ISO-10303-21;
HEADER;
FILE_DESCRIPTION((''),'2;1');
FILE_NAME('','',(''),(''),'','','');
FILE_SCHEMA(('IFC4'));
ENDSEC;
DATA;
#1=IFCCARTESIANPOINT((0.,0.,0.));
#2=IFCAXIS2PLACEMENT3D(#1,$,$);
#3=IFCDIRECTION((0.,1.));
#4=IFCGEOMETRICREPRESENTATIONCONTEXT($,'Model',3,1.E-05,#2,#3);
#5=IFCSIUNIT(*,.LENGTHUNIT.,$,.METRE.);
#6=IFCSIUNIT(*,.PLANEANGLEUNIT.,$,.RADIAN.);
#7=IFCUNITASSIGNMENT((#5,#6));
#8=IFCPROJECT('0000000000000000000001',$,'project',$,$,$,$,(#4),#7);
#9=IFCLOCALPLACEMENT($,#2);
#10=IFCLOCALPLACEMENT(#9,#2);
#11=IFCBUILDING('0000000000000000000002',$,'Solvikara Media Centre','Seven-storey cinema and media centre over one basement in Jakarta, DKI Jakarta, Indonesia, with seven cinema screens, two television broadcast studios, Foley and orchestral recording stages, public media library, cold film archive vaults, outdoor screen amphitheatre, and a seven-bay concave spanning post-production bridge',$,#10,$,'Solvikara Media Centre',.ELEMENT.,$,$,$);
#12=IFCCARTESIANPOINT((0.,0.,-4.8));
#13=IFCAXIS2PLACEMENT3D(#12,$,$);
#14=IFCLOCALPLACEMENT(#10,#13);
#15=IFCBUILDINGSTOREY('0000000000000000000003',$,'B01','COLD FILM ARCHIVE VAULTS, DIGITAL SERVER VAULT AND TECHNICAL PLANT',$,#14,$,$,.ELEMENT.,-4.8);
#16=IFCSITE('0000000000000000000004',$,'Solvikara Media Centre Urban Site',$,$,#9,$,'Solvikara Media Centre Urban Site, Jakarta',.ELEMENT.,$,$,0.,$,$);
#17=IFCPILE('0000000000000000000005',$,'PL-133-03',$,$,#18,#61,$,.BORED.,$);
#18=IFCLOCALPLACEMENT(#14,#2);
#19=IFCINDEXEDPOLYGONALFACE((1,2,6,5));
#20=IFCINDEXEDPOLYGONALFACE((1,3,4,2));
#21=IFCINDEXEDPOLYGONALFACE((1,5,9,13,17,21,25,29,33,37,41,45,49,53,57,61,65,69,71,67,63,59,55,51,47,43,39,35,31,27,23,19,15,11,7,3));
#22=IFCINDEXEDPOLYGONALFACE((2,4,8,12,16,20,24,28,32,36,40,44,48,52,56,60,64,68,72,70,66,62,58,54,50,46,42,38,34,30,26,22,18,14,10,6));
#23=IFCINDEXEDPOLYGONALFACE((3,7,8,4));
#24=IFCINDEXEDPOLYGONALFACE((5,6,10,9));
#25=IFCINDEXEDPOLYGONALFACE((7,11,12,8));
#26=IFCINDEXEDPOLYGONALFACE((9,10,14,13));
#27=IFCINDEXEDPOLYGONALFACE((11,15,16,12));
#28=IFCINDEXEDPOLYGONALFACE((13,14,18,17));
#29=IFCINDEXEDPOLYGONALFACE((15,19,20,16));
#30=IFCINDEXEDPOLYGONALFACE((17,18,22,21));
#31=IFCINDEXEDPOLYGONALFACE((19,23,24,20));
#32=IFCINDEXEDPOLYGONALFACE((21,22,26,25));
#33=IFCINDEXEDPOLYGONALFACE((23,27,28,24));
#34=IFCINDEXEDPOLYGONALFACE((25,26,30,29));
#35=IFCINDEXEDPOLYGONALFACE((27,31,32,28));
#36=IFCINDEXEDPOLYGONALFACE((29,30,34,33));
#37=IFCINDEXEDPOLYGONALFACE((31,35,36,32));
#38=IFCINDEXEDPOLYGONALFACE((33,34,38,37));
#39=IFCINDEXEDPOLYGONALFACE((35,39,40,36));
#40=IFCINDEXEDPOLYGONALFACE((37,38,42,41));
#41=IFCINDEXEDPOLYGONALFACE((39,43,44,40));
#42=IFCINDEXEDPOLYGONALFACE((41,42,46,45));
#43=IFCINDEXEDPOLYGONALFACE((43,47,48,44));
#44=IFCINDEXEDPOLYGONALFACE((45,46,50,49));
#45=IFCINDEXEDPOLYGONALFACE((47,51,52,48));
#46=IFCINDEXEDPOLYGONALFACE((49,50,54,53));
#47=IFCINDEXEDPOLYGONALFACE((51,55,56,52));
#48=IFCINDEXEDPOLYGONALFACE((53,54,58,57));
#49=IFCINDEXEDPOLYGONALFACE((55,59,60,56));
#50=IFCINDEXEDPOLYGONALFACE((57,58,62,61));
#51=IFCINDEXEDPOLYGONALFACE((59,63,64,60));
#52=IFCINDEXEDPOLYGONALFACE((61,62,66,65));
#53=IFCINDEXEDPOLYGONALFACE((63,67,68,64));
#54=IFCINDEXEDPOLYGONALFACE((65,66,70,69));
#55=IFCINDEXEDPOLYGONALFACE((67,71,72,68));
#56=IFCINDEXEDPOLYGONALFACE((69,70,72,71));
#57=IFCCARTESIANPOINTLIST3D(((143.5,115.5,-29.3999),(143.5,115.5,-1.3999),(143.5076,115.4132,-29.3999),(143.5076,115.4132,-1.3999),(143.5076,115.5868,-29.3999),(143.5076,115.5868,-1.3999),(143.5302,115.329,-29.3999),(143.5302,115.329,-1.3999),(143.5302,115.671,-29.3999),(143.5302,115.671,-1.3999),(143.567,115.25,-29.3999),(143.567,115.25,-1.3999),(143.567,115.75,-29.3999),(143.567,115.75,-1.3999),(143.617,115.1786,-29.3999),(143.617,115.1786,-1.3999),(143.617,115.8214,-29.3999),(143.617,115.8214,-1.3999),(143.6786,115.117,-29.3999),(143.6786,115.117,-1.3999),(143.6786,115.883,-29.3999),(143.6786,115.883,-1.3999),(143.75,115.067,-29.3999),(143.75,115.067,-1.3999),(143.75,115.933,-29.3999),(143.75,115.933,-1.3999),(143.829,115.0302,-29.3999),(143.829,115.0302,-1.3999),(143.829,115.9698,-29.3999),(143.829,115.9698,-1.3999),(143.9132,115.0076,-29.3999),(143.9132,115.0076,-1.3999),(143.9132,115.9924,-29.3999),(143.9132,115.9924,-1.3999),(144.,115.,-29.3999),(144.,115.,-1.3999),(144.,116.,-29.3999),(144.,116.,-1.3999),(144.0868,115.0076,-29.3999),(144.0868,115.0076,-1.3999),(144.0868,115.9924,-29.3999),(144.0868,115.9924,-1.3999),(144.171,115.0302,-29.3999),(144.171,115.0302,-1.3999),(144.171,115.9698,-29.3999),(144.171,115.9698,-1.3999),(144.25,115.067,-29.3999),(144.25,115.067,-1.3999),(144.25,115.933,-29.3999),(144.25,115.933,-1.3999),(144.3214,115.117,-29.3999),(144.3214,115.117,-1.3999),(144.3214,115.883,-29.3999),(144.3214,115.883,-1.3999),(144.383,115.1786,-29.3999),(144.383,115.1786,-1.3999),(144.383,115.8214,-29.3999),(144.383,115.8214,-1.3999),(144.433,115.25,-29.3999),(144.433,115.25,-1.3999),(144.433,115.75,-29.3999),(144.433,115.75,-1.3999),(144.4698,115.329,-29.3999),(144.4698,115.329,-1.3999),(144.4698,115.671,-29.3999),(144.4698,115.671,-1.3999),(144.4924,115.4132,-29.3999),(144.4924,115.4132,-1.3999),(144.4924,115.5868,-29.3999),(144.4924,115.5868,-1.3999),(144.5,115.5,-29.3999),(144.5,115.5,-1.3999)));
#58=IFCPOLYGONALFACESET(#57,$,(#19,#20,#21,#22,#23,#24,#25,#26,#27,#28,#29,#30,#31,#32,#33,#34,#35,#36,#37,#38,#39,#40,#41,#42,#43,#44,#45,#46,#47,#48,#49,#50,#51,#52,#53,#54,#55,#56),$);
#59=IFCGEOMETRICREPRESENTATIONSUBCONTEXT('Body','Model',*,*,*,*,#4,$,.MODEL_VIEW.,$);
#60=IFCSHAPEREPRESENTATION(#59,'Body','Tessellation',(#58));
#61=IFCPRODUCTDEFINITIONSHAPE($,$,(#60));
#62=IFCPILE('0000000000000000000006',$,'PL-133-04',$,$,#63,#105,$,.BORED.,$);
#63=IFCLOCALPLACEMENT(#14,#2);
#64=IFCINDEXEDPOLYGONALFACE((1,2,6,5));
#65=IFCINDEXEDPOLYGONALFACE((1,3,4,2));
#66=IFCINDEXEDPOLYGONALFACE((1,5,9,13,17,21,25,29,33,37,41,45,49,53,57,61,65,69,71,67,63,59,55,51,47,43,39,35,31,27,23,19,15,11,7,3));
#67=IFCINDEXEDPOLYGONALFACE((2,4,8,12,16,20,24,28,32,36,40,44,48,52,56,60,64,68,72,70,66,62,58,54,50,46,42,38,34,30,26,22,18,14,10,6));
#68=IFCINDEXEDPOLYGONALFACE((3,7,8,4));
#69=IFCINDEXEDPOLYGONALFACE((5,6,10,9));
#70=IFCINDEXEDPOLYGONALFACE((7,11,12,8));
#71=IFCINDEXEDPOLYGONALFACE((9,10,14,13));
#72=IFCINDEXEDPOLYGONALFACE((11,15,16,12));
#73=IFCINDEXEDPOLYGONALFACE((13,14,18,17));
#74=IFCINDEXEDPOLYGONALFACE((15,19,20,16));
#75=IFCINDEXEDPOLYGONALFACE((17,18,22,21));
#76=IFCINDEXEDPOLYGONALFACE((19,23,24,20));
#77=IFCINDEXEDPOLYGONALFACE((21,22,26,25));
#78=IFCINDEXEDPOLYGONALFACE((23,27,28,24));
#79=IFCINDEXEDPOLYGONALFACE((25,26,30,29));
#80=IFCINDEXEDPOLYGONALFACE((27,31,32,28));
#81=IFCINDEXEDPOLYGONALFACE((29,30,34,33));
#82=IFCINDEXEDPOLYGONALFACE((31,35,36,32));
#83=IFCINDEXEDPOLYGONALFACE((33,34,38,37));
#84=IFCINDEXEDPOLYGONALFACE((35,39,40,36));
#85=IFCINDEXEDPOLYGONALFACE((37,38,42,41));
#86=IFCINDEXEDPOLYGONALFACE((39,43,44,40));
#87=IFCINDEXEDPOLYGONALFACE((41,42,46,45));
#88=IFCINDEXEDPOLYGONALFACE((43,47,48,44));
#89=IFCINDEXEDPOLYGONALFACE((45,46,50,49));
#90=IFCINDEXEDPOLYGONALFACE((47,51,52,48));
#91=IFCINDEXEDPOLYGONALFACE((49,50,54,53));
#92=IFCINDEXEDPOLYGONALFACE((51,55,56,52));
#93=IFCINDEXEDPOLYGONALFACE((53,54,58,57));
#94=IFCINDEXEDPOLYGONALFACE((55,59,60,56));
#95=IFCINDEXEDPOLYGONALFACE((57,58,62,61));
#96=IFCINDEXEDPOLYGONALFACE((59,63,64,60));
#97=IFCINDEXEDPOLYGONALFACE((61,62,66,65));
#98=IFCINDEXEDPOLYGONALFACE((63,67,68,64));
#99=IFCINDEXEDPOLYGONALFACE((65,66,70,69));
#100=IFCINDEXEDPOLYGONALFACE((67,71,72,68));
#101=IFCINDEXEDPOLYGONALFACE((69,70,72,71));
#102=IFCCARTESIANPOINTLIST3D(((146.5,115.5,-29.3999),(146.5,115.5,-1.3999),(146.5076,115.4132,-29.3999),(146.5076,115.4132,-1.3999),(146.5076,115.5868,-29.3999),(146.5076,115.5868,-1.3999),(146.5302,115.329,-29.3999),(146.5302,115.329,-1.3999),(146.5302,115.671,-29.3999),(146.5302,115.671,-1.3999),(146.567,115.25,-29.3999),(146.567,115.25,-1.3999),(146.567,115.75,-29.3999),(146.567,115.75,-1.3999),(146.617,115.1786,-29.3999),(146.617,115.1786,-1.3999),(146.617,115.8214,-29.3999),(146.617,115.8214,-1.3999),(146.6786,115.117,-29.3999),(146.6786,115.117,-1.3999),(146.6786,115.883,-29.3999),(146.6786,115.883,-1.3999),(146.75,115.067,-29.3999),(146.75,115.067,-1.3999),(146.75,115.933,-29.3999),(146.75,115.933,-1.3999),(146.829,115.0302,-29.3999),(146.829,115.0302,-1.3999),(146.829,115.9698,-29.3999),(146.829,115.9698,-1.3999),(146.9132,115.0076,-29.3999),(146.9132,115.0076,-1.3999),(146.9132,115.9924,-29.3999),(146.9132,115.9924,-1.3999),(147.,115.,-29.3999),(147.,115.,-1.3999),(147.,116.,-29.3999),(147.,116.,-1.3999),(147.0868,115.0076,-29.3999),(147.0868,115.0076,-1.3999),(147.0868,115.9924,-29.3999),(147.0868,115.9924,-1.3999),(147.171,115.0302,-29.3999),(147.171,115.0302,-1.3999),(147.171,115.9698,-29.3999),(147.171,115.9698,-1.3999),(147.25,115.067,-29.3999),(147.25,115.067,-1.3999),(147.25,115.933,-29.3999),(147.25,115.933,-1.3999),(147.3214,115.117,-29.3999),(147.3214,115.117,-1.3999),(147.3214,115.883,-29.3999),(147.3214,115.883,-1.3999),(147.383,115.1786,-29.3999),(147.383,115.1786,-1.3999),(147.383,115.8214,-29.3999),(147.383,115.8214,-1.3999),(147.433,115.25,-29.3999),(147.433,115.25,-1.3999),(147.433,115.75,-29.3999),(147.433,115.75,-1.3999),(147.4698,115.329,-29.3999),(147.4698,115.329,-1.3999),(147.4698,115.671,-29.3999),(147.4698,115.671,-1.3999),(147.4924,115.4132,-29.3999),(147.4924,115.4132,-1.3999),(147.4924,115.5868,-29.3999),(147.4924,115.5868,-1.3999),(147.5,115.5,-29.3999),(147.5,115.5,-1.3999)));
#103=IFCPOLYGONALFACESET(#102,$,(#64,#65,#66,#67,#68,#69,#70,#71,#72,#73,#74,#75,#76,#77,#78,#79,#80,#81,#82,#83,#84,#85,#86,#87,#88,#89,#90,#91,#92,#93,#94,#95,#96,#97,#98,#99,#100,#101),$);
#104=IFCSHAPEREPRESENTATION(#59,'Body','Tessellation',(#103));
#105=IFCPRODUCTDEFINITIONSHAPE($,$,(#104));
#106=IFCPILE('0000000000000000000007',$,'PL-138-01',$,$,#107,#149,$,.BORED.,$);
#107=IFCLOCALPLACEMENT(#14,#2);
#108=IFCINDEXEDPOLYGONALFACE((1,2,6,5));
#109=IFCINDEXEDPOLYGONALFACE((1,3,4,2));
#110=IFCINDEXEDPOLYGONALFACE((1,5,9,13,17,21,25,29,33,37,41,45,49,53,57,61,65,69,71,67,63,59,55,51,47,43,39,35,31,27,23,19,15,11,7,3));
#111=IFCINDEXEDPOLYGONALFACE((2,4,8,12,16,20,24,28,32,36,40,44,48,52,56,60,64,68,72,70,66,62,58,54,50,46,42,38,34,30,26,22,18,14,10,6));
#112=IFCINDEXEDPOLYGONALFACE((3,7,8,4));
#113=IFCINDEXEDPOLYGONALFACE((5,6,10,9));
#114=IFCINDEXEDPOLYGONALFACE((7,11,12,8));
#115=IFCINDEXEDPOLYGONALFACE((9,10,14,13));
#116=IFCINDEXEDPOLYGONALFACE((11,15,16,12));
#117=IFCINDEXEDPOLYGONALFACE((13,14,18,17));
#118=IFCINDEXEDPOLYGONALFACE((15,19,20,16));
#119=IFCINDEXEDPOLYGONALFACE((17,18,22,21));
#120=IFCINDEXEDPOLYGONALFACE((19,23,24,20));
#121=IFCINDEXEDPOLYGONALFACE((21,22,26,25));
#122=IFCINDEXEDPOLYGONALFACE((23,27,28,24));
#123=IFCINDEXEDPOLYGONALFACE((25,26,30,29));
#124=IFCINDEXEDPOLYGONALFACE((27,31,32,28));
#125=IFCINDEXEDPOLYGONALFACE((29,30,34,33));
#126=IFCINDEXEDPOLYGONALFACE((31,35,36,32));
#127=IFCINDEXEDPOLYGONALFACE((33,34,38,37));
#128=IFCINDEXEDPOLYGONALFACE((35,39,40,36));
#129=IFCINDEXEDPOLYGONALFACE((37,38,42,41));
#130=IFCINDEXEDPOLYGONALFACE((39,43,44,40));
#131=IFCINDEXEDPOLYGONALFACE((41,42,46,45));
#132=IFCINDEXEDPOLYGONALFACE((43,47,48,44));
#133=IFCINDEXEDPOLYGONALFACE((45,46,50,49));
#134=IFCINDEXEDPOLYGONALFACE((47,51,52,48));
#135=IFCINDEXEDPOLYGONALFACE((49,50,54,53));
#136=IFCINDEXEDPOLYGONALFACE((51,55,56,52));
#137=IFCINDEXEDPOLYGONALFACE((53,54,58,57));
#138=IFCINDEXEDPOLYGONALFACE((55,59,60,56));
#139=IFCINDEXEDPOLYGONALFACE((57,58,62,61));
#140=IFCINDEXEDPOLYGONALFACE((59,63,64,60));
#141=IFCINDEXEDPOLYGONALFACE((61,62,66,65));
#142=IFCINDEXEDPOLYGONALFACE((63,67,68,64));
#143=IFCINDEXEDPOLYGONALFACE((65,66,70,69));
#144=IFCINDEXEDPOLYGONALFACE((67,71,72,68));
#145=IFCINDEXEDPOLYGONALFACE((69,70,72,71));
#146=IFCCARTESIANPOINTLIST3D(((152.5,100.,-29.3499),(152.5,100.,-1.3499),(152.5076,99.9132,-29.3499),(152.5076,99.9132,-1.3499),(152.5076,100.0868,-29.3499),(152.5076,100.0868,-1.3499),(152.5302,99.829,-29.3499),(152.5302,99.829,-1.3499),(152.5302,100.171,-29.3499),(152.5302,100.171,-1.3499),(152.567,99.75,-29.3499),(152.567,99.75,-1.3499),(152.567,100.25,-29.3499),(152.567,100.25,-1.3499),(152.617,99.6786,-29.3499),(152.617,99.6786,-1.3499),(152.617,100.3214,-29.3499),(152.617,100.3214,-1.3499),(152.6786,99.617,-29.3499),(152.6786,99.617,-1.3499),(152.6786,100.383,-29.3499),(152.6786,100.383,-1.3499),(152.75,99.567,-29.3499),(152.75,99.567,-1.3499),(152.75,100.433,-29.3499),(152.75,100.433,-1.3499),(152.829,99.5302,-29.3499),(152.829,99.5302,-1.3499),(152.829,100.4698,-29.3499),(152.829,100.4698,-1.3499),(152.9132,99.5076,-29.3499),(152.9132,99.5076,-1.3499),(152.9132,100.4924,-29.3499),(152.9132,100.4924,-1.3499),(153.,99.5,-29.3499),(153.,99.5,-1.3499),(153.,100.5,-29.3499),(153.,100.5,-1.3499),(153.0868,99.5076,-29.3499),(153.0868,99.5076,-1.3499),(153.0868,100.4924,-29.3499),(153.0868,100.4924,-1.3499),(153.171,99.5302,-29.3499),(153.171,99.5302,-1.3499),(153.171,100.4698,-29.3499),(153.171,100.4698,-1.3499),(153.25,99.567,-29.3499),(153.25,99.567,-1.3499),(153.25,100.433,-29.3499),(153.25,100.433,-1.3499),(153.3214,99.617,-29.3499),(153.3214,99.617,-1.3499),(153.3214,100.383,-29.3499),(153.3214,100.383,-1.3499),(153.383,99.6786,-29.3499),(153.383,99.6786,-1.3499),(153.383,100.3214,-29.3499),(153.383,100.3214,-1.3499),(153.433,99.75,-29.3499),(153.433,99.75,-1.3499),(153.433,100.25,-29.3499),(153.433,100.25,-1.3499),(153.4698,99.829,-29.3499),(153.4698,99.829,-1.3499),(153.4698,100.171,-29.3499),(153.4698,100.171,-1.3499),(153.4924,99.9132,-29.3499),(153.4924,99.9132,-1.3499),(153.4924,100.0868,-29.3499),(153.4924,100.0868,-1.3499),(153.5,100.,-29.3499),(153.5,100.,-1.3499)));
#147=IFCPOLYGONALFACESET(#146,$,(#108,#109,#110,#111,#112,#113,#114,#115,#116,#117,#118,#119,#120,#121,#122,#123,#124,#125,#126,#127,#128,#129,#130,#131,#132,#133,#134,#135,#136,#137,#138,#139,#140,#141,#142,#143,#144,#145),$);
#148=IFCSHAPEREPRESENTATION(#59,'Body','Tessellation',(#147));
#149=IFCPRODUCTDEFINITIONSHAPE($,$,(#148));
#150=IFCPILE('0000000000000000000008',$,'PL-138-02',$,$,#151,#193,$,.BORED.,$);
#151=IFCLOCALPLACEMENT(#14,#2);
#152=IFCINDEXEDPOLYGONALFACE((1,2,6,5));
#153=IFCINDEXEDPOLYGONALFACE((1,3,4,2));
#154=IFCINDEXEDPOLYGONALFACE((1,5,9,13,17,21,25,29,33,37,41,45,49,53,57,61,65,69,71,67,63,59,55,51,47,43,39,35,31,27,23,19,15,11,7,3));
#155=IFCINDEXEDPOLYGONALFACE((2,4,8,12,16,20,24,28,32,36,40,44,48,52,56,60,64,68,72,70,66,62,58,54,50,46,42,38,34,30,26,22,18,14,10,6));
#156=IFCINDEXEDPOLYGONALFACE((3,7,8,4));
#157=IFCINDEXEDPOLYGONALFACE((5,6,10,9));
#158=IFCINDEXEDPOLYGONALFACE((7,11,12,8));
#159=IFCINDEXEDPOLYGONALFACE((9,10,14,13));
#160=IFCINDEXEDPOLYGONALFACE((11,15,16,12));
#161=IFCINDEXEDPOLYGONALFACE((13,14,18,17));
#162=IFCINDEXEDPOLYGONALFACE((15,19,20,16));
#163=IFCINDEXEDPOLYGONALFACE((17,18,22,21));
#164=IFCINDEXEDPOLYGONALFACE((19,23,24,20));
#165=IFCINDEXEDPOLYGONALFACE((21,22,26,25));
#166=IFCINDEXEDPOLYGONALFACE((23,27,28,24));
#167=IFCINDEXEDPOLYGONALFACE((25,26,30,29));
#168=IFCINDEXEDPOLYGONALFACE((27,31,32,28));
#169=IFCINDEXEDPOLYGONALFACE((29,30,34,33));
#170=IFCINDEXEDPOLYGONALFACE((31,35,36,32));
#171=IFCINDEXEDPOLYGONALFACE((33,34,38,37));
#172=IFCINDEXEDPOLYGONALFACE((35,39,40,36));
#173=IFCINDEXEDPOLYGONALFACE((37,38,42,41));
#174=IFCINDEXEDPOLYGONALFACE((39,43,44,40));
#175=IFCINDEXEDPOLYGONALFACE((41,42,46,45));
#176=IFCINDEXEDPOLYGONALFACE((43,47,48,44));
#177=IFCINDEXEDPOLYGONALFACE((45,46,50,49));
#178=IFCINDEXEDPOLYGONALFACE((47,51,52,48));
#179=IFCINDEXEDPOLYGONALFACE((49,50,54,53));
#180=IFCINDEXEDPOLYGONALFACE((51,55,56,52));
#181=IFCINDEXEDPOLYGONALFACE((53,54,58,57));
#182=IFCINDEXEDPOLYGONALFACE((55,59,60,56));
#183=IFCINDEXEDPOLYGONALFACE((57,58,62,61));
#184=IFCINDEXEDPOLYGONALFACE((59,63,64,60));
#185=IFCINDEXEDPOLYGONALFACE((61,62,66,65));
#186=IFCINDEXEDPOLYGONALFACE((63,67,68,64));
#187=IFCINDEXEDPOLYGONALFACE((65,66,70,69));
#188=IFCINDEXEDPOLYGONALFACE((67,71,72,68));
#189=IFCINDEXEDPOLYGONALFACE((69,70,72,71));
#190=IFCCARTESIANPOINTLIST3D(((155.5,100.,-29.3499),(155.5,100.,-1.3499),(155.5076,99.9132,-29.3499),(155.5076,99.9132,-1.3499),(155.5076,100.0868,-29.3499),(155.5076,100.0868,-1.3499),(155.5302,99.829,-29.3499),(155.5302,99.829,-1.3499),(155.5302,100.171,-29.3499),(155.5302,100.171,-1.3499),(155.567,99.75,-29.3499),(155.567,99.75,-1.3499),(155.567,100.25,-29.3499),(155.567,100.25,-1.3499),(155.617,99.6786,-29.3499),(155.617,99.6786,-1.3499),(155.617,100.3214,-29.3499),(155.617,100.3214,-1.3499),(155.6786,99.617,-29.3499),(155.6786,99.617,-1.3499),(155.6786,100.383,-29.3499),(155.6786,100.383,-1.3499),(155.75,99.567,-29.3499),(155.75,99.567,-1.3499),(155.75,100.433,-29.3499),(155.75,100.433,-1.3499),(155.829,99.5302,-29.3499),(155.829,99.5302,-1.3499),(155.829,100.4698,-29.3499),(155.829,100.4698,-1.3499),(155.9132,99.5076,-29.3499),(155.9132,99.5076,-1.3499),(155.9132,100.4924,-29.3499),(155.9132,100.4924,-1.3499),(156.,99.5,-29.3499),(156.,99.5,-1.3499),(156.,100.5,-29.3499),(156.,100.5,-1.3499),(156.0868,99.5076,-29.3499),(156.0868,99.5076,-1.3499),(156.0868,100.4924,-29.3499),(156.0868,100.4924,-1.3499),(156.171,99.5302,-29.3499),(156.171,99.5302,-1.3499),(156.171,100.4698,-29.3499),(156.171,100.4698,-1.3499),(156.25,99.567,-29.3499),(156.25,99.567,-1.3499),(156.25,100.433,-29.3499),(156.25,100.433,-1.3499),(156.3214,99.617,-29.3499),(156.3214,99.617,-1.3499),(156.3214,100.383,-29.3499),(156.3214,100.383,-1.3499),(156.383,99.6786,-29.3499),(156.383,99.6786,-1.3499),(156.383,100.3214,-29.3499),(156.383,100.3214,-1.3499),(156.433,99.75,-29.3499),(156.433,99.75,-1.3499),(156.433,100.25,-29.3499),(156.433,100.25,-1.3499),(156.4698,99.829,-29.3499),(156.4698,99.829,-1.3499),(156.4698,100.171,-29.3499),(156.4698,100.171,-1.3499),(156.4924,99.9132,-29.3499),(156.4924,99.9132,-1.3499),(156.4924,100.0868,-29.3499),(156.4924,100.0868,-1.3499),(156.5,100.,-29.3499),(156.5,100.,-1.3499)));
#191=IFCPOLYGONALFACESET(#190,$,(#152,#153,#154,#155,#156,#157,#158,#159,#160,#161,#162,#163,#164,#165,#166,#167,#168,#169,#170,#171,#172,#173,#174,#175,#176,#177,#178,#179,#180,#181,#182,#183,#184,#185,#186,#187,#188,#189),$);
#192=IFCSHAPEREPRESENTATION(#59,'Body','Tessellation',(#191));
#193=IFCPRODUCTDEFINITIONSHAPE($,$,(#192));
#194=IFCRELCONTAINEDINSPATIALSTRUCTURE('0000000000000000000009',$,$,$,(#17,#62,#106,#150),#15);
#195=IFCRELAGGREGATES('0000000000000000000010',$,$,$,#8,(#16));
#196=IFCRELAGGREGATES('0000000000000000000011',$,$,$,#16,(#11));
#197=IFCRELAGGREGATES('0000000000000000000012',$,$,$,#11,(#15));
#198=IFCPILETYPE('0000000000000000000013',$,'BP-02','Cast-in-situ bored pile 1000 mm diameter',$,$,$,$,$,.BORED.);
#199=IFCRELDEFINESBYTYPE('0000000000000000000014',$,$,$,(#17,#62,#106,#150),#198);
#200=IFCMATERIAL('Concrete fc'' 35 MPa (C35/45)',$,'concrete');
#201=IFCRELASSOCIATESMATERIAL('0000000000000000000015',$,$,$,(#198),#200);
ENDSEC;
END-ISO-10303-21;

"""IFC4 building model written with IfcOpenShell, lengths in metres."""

from ifc_helpers import new_model, si_unit, direction, frame, origin, origin_2d, place, context, subcontext, project, spatial, circle, extrude, material, material_profile, profile_set, type_object, element, save


model = new_model("IFC4")

# Units and contexts
model_context = context("Model", 3, precision=1e-05, world=origin(), true_north=direction((0.0, 1.0)))
body_context = subcontext(model_context, "Body", "Model", "MODEL_VIEW")
ifc_project = project(units=[si_unit("LENGTHUNIT", "METRE"), si_unit("PLANEANGLEUNIT", "RADIAN")], contexts=[model_context])

# Site, building, storey
site_placement = place(None, origin())
site = spatial("IfcSite", under=ifc_project, at=site_placement, Name="Solvikara Media Centre Urban Site", LongName="Solvikara Media Centre Urban Site, Jakarta", CompositionType="ELEMENT", RefElevation=0.0)
building_placement = place(site_placement, origin())
building = spatial("IfcBuilding", under=site, at=building_placement, Name="Solvikara Media Centre", Description="Seven-storey cinema and media centre over one basement in Jakarta, DKI Jakarta, Indonesia, with seven cinema screens, two television broadcast studios, Foley and orchestral recording stages, public media library, cold film archive vaults, outdoor screen amphitheatre, and a seven-bay concave spanning post-production bridge", LongName="Solvikara Media Centre", CompositionType="ELEMENT")
storey_placement = place(building_placement, frame((0.0, 0.0, -4.8)))
storey = spatial("IfcBuildingStorey", under=building, at=storey_placement, Name="B01", Description="COLD FILM ARCHIVE VAULTS, DIGITAL SERVER VAULT AND TECHNICAL PLANT", CompositionType="ELEMENT", Elevation=-4.8)

# Piles
ifc_material_1 = material(Name="Concrete fc' 35 MPa (C35/45)", Category="concrete")
ifc_material_profile_1 = material_profile(ifc_material_1, circle(Radius=0.5, at=origin_2d()), Name="BORED PILE D1000")
ifc_profile_set_1 = profile_set([ifc_material_profile_1], Name="Concrete fc' 35 MPa (C35/45)")
pile_type_1 = type_object("IfcPileType", Name="BP-02", Description="Cast-in-situ bored pile 1000 mm diameter", PredefinedType="BORED", material=ifc_profile_set_1)
for number, where, z_axis, x_axis, name in (
    (1, (144.0, 115.5, -1.3999), (0.0, 0.0, -1.0), (1.0, 0.0, 0.0), "PL-133-03"),
    (2, (147.0, 115.5, -1.3999), (0.0, 0.0, -1.0), (1.0, 0.0, 0.0), "PL-133-04"),
    (3, (153.0, 100.0, -1.3499), (0.0, 0.0, -1.0), (1.0, 0.0, 0.0), "PL-138-01"),
    (4, (156.0, 100.0, -1.3499), (0.0, 0.0, -1.0), (1.0, 0.0, 0.0), "PL-138-02"),
):
    element("IfcPile", number, at=place(storey_placement, frame(where, z_axis=z_axis, x_axis=x_axis)), inside=storey, type_object=pile_type_1, Name=name, PredefinedType="BORED", context=body_context, shape_type="SweptSolid", body=[
        extrude(circle(Radius=0.5, at=origin_2d()), origin(), (0.0, 0.0, 1.0), 28.0),
    ])

save(model, "model.ifc")
